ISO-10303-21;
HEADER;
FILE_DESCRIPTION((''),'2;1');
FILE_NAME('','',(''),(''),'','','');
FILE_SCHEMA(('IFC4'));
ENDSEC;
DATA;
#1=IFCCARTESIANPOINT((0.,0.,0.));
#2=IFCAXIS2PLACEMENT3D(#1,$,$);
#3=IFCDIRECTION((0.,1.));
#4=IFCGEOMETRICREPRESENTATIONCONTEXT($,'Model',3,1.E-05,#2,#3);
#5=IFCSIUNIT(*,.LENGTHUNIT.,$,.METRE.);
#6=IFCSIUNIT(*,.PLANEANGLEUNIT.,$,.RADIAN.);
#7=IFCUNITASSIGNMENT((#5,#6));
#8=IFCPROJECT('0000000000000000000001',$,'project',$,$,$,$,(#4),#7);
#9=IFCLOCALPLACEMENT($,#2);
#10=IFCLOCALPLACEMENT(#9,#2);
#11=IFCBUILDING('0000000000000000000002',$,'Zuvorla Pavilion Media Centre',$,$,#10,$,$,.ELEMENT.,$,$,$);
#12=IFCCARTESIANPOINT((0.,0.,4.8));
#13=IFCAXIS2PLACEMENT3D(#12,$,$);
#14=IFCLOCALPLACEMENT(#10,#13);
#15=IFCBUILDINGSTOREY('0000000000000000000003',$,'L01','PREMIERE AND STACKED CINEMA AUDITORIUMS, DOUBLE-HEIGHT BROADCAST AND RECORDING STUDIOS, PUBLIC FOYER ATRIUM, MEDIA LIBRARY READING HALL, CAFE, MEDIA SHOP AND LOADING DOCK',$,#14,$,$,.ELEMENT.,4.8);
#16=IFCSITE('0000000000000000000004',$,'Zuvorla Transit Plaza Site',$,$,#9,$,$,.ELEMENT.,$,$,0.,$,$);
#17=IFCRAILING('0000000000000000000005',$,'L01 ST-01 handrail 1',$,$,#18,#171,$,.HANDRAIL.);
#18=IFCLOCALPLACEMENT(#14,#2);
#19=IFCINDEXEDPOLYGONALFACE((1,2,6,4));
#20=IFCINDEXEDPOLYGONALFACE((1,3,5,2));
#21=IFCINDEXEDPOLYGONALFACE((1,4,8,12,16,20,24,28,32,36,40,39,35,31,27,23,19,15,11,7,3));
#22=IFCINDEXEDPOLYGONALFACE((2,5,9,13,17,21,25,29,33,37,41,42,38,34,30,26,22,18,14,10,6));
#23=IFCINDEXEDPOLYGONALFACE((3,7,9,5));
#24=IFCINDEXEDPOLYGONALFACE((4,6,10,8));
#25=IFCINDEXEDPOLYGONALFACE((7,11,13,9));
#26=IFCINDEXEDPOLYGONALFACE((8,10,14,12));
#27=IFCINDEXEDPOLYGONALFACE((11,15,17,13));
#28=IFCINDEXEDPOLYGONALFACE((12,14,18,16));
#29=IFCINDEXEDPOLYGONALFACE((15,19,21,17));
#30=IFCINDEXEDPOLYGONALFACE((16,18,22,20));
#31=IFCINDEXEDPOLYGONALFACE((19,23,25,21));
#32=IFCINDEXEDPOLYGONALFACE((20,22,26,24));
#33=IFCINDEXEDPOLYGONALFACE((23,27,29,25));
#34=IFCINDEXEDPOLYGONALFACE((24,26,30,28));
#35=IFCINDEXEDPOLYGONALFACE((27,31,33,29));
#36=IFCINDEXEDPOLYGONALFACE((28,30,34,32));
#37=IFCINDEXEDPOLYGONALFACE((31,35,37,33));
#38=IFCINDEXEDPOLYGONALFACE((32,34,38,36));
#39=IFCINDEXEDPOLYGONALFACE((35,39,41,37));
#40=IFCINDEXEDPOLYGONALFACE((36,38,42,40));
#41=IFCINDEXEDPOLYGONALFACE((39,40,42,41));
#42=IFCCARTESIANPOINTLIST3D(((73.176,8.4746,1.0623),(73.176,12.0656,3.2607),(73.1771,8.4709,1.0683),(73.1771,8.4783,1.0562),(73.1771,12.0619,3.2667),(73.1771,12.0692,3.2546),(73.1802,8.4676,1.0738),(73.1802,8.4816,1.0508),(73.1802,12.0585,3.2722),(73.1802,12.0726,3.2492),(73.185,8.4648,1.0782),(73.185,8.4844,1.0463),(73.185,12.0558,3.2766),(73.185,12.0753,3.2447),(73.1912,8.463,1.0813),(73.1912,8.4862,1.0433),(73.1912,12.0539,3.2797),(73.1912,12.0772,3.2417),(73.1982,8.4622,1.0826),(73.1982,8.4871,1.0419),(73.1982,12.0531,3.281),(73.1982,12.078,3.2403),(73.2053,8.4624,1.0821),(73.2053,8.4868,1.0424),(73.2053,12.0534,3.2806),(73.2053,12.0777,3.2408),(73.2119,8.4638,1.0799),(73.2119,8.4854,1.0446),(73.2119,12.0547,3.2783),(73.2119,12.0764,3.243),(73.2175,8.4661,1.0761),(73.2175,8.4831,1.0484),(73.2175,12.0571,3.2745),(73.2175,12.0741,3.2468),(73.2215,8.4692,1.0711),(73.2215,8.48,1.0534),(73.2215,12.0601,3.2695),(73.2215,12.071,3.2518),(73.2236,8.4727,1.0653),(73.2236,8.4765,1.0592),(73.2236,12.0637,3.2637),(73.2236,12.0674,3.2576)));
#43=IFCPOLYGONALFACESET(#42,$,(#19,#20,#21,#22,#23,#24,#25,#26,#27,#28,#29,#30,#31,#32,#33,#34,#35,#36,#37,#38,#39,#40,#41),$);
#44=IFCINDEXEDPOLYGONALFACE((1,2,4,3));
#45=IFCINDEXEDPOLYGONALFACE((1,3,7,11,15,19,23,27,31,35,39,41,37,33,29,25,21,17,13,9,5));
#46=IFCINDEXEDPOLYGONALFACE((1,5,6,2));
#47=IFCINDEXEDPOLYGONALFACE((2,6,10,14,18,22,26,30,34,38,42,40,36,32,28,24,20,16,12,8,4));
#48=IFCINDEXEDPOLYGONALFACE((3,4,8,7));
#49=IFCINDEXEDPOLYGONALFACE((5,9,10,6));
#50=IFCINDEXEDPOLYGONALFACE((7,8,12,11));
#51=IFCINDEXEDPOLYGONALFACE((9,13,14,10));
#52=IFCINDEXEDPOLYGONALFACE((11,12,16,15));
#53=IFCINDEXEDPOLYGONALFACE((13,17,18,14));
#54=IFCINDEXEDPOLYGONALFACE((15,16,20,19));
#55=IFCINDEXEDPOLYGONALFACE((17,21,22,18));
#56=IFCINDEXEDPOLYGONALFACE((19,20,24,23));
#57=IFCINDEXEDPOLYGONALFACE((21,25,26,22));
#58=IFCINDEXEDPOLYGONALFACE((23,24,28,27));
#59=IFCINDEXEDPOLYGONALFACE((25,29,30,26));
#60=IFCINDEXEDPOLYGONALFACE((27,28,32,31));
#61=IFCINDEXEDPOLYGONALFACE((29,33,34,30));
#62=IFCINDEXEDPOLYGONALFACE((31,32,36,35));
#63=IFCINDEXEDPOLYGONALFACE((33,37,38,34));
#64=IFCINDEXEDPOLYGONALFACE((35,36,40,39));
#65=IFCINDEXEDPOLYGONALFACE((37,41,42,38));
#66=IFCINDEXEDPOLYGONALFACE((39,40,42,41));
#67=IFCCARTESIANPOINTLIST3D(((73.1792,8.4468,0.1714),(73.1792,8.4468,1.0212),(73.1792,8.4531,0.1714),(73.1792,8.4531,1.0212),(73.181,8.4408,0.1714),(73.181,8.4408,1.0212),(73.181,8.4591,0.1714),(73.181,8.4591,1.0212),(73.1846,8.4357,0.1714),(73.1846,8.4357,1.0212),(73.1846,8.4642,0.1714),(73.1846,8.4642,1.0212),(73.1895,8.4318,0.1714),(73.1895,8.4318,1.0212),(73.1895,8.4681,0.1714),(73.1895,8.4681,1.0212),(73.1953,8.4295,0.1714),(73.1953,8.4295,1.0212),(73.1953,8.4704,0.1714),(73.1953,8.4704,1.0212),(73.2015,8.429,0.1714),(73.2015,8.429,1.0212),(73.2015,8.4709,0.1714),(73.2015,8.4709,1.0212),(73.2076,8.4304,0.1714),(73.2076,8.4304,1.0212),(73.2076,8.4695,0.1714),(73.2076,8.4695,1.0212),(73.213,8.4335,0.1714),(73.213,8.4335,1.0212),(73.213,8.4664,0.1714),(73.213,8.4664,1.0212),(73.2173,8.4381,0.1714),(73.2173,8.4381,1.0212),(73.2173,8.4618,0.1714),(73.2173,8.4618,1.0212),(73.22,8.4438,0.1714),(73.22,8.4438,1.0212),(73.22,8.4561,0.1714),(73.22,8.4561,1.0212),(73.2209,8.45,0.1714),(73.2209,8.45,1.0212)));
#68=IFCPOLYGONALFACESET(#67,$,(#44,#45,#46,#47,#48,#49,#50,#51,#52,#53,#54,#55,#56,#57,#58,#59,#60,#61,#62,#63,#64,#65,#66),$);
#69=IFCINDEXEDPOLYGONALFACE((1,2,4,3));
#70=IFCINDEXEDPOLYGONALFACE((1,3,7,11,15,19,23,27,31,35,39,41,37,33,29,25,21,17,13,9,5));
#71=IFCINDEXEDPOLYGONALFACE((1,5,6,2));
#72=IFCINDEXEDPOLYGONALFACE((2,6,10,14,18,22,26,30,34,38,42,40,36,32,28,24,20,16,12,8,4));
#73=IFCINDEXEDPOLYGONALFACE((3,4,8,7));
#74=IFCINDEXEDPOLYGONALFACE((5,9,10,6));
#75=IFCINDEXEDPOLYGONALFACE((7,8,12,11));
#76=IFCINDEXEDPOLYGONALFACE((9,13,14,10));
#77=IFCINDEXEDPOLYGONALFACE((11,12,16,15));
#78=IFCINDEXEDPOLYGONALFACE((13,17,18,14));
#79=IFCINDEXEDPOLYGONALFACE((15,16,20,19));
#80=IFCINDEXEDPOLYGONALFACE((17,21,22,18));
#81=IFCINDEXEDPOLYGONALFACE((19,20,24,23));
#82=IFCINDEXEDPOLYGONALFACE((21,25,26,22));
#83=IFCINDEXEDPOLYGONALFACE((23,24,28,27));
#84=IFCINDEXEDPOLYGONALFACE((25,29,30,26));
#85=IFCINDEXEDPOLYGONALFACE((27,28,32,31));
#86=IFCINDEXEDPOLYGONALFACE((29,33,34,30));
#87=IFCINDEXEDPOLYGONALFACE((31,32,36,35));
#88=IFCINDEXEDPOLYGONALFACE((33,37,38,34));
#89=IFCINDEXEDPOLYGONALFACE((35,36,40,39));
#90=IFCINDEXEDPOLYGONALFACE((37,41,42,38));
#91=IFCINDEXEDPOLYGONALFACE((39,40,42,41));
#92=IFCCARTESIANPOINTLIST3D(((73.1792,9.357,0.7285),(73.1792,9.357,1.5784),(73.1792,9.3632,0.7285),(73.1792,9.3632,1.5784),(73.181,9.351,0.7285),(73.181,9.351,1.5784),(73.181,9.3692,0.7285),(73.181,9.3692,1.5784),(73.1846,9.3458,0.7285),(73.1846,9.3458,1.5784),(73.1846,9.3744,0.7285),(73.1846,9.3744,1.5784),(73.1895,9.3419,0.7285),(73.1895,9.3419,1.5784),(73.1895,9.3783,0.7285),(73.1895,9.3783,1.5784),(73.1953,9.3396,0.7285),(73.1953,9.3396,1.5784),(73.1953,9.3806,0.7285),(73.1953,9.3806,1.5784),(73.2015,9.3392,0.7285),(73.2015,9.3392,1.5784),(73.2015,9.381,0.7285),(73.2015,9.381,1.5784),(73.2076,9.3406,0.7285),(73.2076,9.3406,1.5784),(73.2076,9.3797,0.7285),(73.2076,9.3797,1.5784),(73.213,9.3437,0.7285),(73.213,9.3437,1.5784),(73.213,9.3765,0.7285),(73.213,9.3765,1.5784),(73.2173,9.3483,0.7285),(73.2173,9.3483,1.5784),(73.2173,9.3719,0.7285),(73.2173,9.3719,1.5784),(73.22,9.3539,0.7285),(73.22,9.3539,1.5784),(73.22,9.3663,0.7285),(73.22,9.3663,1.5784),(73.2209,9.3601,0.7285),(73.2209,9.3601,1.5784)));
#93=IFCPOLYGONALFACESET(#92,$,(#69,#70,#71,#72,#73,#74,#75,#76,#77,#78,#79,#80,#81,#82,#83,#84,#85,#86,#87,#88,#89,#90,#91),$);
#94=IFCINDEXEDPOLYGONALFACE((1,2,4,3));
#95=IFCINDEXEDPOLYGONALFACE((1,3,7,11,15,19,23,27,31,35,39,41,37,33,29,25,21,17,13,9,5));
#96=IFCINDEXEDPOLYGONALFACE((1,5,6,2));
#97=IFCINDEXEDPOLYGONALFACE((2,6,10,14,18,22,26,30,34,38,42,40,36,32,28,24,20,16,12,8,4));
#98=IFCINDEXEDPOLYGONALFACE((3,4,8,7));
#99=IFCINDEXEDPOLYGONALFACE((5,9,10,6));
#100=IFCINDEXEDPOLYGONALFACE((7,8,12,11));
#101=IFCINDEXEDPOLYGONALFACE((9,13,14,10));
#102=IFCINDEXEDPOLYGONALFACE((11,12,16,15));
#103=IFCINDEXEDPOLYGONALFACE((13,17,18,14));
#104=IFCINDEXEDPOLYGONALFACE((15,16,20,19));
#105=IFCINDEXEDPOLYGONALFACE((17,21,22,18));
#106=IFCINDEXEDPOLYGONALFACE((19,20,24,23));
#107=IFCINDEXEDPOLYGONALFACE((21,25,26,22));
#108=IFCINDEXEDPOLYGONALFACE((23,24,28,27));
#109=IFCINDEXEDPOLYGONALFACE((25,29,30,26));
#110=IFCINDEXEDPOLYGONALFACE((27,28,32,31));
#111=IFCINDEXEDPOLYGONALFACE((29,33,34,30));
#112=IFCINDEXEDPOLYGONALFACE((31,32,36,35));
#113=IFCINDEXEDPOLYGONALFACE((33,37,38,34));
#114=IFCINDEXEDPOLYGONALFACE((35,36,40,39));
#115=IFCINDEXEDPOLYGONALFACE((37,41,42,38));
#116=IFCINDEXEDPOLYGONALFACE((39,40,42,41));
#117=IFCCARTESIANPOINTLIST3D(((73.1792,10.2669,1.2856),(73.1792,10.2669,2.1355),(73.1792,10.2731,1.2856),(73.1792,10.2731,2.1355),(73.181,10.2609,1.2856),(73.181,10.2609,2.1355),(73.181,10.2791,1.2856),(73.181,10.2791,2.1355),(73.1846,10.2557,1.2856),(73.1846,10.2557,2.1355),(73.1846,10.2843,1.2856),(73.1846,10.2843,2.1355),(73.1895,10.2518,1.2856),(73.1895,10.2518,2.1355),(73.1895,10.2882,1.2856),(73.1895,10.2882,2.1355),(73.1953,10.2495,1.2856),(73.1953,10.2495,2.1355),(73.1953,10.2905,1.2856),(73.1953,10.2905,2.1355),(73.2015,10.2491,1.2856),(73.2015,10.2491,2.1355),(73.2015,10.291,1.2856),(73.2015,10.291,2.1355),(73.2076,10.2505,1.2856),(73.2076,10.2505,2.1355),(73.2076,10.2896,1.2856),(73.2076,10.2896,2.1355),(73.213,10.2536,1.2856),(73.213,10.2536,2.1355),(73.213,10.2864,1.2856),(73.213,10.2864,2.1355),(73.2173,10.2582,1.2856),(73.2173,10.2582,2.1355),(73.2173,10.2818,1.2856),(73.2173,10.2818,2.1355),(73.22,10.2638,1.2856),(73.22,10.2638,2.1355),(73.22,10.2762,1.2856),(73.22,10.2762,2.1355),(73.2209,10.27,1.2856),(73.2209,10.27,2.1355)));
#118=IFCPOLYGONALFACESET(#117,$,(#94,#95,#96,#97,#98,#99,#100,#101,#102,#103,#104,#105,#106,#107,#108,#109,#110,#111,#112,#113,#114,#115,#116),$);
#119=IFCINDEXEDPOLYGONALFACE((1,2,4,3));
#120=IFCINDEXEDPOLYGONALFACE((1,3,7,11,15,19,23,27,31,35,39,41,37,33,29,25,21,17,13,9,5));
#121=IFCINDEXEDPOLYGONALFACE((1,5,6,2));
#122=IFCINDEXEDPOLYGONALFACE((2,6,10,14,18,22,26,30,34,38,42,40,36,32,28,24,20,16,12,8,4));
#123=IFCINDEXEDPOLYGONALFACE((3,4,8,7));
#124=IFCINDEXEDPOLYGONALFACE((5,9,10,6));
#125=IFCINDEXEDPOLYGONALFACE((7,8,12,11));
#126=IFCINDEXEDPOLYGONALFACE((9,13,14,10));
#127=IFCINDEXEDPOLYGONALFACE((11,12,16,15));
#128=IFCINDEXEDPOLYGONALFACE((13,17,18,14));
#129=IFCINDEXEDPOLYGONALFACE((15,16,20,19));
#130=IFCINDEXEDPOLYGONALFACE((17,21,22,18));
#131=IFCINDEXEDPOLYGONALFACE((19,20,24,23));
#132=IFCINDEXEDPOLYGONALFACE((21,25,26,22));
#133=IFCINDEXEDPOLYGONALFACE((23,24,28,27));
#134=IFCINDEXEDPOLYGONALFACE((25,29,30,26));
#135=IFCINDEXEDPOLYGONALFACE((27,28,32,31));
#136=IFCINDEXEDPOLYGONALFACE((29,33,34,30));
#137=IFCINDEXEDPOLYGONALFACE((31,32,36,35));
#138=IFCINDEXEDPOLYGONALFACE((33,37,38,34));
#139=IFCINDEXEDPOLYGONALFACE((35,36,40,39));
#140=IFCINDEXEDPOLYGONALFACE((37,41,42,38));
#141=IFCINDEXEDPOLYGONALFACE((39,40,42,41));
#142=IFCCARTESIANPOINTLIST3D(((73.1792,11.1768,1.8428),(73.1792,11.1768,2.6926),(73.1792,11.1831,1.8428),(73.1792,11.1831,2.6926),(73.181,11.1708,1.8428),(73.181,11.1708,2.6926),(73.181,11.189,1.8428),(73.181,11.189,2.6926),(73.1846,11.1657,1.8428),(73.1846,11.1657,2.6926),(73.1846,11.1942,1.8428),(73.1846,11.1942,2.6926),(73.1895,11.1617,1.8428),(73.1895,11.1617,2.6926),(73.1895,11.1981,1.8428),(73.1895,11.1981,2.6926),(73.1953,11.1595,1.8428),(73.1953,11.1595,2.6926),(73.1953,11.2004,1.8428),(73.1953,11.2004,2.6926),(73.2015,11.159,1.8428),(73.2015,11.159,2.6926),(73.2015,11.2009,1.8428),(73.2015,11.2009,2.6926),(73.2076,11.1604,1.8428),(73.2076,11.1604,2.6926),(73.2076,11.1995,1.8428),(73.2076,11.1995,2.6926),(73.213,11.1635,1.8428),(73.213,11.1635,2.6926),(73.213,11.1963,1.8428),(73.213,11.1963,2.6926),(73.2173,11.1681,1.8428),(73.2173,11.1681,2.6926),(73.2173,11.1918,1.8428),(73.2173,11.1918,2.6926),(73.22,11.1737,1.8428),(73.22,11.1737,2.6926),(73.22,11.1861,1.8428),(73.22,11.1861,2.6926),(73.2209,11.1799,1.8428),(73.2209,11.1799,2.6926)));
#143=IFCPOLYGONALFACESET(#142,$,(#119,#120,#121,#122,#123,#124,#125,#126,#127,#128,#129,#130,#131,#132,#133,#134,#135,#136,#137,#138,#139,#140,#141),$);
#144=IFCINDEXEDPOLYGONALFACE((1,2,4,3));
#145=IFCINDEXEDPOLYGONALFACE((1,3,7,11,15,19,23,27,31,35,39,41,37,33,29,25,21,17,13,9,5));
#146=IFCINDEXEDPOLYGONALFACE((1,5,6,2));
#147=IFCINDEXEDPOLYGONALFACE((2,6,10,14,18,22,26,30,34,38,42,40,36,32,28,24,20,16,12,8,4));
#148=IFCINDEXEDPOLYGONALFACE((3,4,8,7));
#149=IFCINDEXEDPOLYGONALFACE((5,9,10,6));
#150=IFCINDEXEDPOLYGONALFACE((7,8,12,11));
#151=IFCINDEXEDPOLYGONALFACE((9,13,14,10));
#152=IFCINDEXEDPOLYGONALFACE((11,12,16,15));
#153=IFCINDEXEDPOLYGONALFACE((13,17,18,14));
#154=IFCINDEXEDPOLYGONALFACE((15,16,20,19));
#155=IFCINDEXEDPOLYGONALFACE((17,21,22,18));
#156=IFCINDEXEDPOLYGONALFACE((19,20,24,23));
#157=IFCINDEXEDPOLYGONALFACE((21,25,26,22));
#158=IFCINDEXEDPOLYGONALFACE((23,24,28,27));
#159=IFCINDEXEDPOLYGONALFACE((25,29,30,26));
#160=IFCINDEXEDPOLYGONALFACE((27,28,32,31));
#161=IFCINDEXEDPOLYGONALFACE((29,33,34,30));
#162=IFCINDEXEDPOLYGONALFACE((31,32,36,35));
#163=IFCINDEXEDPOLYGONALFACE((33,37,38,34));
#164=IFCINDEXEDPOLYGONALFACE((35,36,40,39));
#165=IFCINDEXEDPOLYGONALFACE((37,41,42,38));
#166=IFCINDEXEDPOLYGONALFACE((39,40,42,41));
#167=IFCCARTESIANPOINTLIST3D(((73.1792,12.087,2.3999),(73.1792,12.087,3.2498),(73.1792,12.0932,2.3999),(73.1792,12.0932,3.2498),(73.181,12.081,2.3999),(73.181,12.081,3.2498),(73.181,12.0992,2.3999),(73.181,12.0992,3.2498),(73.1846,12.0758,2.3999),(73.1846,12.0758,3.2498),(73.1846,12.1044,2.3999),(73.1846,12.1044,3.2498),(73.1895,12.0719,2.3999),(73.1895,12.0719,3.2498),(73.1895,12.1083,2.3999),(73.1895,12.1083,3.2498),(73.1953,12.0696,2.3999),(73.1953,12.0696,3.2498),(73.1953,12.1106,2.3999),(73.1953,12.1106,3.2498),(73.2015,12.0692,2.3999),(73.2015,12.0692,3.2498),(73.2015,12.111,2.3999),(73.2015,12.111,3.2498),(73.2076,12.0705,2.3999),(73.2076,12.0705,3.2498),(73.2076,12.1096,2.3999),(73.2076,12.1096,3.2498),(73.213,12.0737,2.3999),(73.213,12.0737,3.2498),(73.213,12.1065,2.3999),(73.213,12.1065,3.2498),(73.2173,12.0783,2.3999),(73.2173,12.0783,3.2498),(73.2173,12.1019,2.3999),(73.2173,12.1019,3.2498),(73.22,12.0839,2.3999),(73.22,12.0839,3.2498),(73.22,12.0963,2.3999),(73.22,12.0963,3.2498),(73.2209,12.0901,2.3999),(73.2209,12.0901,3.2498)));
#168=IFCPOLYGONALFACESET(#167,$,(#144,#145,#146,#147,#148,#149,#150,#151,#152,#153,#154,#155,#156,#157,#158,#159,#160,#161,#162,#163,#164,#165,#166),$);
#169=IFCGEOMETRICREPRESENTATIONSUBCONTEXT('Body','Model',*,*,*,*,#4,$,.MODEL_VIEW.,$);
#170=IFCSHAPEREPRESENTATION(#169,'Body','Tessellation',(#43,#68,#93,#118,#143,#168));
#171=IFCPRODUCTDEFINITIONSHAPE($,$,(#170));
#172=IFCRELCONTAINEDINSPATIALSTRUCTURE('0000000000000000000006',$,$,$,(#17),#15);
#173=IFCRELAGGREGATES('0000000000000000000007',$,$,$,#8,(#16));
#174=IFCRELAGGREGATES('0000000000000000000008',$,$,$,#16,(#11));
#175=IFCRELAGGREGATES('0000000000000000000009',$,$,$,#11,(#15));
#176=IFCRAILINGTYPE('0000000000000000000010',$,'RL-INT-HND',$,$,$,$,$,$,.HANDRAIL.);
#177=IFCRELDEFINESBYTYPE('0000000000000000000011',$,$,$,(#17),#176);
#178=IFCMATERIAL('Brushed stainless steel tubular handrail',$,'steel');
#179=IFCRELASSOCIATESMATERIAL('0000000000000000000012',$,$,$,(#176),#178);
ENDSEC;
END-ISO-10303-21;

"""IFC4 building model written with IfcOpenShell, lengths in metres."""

from ifc_helpers import new_model, si_unit, direction, frame, origin, origin_2d, place, context, subcontext, project, spatial, circle, extrude, material, type_object, element, save


model = new_model("IFC4")

# Units and contexts
model_context = context("Model", 3, precision=1e-05, world=origin(), true_north=direction((0.0, 1.0)))
body_context = subcontext(model_context, "Body", "Model", "MODEL_VIEW")
ifc_project = project(units=[si_unit("LENGTHUNIT", "METRE"), si_unit("PLANEANGLEUNIT", "RADIAN")], contexts=[model_context])

# Site, building, storey
site_placement = place(None, origin())
site = spatial("IfcSite", under=ifc_project, at=site_placement, Name="Zuvorla Transit Plaza Site", CompositionType="ELEMENT", RefElevation=0.0)
building_placement = place(site_placement, origin())
building = spatial("IfcBuilding", under=site, at=building_placement, Name="Zuvorla Pavilion Media Centre", CompositionType="ELEMENT")
storey_placement = place(building_placement, frame((0.0, 0.0, 4.8)))
storey = spatial("IfcBuildingStorey", under=building, at=storey_placement, Name="L01", Description="PREMIERE AND STACKED CINEMA AUDITORIUMS, DOUBLE-HEIGHT BROADCAST AND RECORDING STUDIOS, PUBLIC FOYER ATRIUM, MEDIA LIBRARY READING HALL, CAFE, MEDIA SHOP AND LOADING DOCK", CompositionType="ELEMENT", Elevation=4.8)

# Railing
ifc_material_1 = material(Name="Brushed stainless steel tubular handrail", Category="steel")
railing_type_1 = type_object("IfcRailingType", Name="RL-INT-HND", PredefinedType="HANDRAIL", material=ifc_material_1)
railing_1_placement = place(storey_placement, frame((73.2, 8.45, 0.1714)))
element("IfcRailing", 1, at=railing_1_placement, inside=storey, type_object=railing_type_1, Name="L01 ST-01 handrail 1", PredefinedType="HANDRAIL", context=body_context, shape_type="SweptSolid", body=[
    extrude(circle(Radius=0.0239, at=origin_2d()), frame((0.0, 0.0247, 0.8909), z_axis=(0.0, 0.852866, 0.52213), x_axis=(-1.0, 0.0, 0.0)), (0.0, 0.0, 1.0), 4.2104),
    extrude(circle(Radius=0.021, at=origin_2d()), origin(), (0.0, 0.0, 1.0), 0.8499),
    extrude(circle(Radius=0.021, at=origin_2d()), frame((0.0, 0.9102, 0.5571)), (0.0, 0.0, 1.0), 0.8499),
    extrude(circle(Radius=0.021, at=origin_2d()), frame((0.0, 1.8201, 1.1143)), (0.0, 0.0, 1.0), 0.8499),
    extrude(circle(Radius=0.021, at=origin_2d()), frame((0.0, 2.73, 1.6714)), (0.0, 0.0, 1.0), 0.8499),
    extrude(circle(Radius=0.021, at=origin_2d()), frame((0.0, 3.6401, 2.2285)), (0.0, 0.0, 1.0), 0.8499),
])

save(model, "model.ifc")
